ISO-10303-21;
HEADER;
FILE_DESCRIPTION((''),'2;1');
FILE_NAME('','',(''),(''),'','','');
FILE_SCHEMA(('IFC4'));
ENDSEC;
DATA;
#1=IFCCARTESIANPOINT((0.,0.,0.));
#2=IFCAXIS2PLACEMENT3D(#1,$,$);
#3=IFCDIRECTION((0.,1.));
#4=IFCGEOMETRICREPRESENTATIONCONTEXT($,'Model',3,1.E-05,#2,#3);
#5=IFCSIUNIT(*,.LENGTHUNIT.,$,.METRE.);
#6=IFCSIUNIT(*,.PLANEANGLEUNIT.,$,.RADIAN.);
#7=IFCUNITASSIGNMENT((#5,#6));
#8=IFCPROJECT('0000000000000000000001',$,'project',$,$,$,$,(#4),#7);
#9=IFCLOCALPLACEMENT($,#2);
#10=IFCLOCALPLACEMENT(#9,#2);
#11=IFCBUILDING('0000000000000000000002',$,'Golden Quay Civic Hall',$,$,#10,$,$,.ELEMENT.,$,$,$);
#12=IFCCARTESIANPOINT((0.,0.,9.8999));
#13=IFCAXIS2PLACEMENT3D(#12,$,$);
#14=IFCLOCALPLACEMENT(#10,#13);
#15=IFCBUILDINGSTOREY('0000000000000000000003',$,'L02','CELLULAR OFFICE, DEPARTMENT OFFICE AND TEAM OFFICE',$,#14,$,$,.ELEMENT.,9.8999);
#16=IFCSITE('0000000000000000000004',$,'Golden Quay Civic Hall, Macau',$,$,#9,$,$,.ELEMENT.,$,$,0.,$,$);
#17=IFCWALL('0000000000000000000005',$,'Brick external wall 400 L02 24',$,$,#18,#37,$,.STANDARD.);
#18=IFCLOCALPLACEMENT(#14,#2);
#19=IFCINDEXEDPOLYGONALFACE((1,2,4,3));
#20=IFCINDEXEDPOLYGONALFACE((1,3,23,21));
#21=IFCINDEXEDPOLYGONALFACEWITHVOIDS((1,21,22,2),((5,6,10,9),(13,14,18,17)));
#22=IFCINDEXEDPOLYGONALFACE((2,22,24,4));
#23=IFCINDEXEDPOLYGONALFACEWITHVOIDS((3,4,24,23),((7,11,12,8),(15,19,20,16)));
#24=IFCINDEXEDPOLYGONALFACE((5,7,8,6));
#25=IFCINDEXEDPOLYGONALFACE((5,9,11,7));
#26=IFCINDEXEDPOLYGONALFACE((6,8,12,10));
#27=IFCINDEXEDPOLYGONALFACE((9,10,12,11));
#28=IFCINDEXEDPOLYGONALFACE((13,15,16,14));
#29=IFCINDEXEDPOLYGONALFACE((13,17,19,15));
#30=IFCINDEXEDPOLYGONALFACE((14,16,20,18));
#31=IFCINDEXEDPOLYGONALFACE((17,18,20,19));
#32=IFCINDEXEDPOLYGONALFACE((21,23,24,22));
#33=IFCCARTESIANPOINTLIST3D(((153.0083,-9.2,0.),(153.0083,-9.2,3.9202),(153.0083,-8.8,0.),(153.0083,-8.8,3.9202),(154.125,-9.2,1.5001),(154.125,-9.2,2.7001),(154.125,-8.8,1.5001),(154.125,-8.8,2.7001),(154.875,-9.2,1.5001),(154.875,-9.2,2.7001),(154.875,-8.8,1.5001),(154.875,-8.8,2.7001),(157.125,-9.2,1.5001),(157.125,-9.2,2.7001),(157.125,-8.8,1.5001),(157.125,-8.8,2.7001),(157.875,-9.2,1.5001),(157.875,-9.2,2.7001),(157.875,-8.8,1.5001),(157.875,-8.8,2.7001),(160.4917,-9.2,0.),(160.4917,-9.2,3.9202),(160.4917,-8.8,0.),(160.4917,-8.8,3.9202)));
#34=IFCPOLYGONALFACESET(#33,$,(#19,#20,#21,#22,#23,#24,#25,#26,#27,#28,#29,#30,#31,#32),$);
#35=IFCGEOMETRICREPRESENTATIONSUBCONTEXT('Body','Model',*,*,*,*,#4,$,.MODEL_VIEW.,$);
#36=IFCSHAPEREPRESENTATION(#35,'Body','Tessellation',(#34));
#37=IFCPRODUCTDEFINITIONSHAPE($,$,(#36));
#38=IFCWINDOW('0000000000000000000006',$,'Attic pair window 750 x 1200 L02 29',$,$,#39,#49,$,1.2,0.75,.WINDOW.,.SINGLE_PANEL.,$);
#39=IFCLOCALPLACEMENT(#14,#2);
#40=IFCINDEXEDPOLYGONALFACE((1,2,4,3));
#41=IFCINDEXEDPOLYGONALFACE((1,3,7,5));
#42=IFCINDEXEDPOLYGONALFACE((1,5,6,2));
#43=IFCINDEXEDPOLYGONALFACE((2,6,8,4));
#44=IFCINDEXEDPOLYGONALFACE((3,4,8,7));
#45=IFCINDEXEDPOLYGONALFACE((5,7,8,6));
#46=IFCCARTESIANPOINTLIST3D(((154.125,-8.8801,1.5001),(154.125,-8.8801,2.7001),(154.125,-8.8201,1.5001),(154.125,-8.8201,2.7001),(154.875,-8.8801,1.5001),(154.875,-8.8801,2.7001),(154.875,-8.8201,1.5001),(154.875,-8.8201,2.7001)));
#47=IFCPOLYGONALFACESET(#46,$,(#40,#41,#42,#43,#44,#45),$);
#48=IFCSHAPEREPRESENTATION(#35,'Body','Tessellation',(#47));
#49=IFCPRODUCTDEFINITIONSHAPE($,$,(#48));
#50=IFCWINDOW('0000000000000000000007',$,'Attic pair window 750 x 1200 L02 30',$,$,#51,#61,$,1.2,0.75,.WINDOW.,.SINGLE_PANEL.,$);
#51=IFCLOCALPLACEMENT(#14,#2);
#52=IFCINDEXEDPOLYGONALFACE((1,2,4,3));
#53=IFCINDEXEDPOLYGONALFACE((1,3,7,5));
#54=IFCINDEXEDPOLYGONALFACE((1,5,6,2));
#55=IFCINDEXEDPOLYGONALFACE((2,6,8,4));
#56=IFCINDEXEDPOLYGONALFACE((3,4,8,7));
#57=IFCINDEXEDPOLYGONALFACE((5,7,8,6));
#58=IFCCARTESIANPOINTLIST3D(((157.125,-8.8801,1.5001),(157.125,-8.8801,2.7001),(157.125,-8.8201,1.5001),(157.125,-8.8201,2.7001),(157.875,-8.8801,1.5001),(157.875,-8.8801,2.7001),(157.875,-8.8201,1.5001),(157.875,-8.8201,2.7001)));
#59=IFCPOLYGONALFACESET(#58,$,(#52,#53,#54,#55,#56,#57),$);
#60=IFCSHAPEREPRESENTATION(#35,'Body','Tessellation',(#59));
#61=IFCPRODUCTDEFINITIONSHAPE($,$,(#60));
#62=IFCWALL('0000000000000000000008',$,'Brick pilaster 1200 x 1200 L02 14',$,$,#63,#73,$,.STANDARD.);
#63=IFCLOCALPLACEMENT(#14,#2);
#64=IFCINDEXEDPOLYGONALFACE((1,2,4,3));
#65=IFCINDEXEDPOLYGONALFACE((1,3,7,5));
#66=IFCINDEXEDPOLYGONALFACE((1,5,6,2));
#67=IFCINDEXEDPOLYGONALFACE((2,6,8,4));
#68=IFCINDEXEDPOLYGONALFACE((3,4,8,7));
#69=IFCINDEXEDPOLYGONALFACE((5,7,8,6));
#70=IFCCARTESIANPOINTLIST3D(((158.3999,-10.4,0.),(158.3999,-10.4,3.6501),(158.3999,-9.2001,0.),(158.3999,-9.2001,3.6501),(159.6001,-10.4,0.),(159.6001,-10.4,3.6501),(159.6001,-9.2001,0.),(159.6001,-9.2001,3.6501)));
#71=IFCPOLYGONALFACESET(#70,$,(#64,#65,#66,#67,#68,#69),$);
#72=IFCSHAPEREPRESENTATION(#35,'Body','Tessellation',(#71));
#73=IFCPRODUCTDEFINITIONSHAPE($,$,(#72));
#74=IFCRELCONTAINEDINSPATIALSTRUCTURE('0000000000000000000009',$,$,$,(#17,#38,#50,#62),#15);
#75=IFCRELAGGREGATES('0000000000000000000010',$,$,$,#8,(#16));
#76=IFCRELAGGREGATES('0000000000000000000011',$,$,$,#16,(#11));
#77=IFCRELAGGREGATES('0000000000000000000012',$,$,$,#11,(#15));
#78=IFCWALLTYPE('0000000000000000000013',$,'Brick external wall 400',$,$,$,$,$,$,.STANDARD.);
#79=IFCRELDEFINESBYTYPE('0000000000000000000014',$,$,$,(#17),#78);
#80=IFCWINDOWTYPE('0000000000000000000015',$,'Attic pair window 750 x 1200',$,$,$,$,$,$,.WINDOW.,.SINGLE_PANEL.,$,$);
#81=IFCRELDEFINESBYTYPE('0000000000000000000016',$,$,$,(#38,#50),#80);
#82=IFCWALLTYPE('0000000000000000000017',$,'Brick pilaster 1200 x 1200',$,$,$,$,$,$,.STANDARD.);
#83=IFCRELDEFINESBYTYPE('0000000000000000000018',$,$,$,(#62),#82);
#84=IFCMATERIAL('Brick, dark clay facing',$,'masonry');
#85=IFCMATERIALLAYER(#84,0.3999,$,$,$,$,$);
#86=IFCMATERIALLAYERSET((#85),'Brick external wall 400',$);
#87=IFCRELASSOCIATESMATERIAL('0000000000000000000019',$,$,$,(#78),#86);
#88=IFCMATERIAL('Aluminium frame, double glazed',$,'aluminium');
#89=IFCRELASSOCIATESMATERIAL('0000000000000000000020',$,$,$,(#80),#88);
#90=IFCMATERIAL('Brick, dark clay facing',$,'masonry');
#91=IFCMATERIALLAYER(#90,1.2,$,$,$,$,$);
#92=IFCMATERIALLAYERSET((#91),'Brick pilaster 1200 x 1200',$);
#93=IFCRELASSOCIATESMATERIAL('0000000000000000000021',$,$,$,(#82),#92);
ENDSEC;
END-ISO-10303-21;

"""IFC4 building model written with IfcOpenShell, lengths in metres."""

from ifc_helpers import new_model, si_unit, direction, frame, frame_2d, origin, place, context, subcontext, project, spatial, rectangle, extrude, material, layer, layer_set, type_object, element, fill, save


model = new_model("IFC4")

# Units and contexts
model_context = context("Model", 3, precision=1e-05, world=origin(), true_north=direction((0.0, 1.0)))
body_context = subcontext(model_context, "Body", "Model", "MODEL_VIEW")
ifc_project = project(units=[si_unit("LENGTHUNIT", "METRE"), si_unit("PLANEANGLEUNIT", "RADIAN")], contexts=[model_context])

# Site, building, storey
site_placement = place(None, origin())
site = spatial("IfcSite", under=ifc_project, at=site_placement, Name="Golden Quay Civic Hall, Macau", CompositionType="ELEMENT", RefElevation=0.0)
building_placement = place(site_placement, origin())
building = spatial("IfcBuilding", under=site, at=building_placement, Name="Golden Quay Civic Hall", CompositionType="ELEMENT")
storey_placement = place(building_placement, frame((0.0, 0.0, 9.8999)))
storey = spatial("IfcBuildingStorey", under=building, at=storey_placement, Name="L02", Description="CELLULAR OFFICE, DEPARTMENT OFFICE AND TEAM OFFICE", CompositionType="ELEMENT", Elevation=9.8999)

# Wall, openings, windows
ifc_material_1 = material(Name="Brick, dark clay facing", Category="masonry")
ifc_layer_1 = layer(ifc_material_1, 0.3999)
ifc_layer_set_1 = layer_set([ifc_layer_1], Name="Brick external wall 400")
wall_type_1 = type_object("IfcWallType", Name="Brick external wall 400", PredefinedType="STANDARD", material=ifc_layer_set_1)
wall_1_placement = place(storey_placement, frame((160.4917, -9.0, 0.0), z_axis=(0.0, 0.0, 1.0), x_axis=(-1.0, 0.0, 0.0)))
wall_1 = element("IfcWall", 1, at=wall_1_placement, inside=storey, type_object=wall_type_1, Name="Brick external wall 400 L02 24", PredefinedType="STANDARD", context=body_context, shape_type="SweptSolid", body=[
    extrude(rectangle(XDim=7.4834, YDim=0.3999, at=frame_2d((3.7417, 0.0))), origin(), (0.0, 0.0, 1.0), 3.9202),
])
opening_1_placement = place(wall_1_placement, frame((5.6167, 0.0, 1.5)))
opening_1 = element("IfcOpeningElement", 2, at=opening_1_placement, cuts=wall_1, PredefinedType="OPENING", context=body_context, shape_type="SweptSolid", body=[
    extrude(rectangle(XDim=0.75, YDim=1.2, at=frame_2d((0.375, 0.6001))), frame((0.0, 0.21, 0.0), z_axis=(0.0, -1.0, 0.0), x_axis=(1.0, 0.0, 0.0)), (0.0, 0.0, 1.0), 0.4199),
])
opening_2_placement = place(wall_1_placement, frame((2.6167, 0.0, 1.5)))
opening_2 = element("IfcOpeningElement", 3, at=opening_2_placement, cuts=wall_1, PredefinedType="OPENING", context=body_context, shape_type="SweptSolid", body=[
    extrude(rectangle(XDim=0.75, YDim=1.2, at=frame_2d((0.375, 0.6001))), frame((0.0, 0.21, 0.0), z_axis=(0.0, -1.0, 0.0), x_axis=(1.0, 0.0, 0.0)), (0.0, 0.0, 1.0), 0.4199),
])
ifc_material_2 = material(Name="Aluminium frame, double glazed", Category="aluminium")
window_type = type_object("IfcWindowType", Name="Attic pair window 750 x 1200", PartitioningType="SINGLE_PANEL", PredefinedType="WINDOW", material=ifc_material_2)
window_1_placement = place(opening_1_placement, origin())
window_1 = element("IfcWindow", 4, at=window_1_placement, inside=storey, type_object=window_type, Name="Attic pair window 750 x 1200 L02 29", OverallHeight=1.2, OverallWidth=0.75, PartitioningType="SINGLE_PANEL", PredefinedType="WINDOW", context=body_context, shape_type="SweptSolid", body=[
    extrude(rectangle(XDim=0.75, YDim=1.2, at=frame_2d((0.375, 0.6001))), frame((0.0, -0.1199, 0.0), z_axis=(0.0, -1.0, 0.0), x_axis=(1.0, 0.0, 0.0)), (0.0, 0.0, 1.0), 0.0601),
])
fill(opening_1, window_1)
window_2_placement = place(opening_2_placement, origin())
window_2 = element("IfcWindow", 5, at=window_2_placement, inside=storey, type_object=window_type, Name="Attic pair window 750 x 1200 L02 30", OverallHeight=1.2, OverallWidth=0.75, PartitioningType="SINGLE_PANEL", PredefinedType="WINDOW", context=body_context, shape_type="SweptSolid", body=[
    extrude(rectangle(XDim=0.75, YDim=1.2, at=frame_2d((0.375, 0.6001))), frame((0.0, -0.1199, 0.0), z_axis=(0.0, -1.0, 0.0), x_axis=(1.0, 0.0, 0.0)), (0.0, 0.0, 1.0), 0.0601),
])
fill(opening_2, window_2)

# Wall
ifc_material_3 = material(Name="Brick, dark clay facing", Category="masonry")
ifc_layer_2 = layer(ifc_material_3, 1.2)
ifc_layer_set_2 = layer_set([ifc_layer_2], Name="Brick pilaster 1200 x 1200")
wall_type_2 = type_object("IfcWallType", Name="Brick pilaster 1200 x 1200", PredefinedType="STANDARD", material=ifc_layer_set_2)
wall_2_placement = place(storey_placement, frame((158.3999, -9.8, 0.0), z_axis=(0.0, 0.0, 1.0), x_axis=(1.0, 0.0, 0.0)))
element("IfcWall", 6, at=wall_2_placement, inside=storey, type_object=wall_type_2, Name="Brick pilaster 1200 x 1200 L02 14", PredefinedType="STANDARD", context=body_context, shape_type="SweptSolid", body=[
    extrude(rectangle(XDim=1.2002, YDim=1.2, at=frame_2d((0.6001, 0.0))), origin(), (0.0, 0.0, 1.0), 3.6501),
])

save(model, "model.ifc")
